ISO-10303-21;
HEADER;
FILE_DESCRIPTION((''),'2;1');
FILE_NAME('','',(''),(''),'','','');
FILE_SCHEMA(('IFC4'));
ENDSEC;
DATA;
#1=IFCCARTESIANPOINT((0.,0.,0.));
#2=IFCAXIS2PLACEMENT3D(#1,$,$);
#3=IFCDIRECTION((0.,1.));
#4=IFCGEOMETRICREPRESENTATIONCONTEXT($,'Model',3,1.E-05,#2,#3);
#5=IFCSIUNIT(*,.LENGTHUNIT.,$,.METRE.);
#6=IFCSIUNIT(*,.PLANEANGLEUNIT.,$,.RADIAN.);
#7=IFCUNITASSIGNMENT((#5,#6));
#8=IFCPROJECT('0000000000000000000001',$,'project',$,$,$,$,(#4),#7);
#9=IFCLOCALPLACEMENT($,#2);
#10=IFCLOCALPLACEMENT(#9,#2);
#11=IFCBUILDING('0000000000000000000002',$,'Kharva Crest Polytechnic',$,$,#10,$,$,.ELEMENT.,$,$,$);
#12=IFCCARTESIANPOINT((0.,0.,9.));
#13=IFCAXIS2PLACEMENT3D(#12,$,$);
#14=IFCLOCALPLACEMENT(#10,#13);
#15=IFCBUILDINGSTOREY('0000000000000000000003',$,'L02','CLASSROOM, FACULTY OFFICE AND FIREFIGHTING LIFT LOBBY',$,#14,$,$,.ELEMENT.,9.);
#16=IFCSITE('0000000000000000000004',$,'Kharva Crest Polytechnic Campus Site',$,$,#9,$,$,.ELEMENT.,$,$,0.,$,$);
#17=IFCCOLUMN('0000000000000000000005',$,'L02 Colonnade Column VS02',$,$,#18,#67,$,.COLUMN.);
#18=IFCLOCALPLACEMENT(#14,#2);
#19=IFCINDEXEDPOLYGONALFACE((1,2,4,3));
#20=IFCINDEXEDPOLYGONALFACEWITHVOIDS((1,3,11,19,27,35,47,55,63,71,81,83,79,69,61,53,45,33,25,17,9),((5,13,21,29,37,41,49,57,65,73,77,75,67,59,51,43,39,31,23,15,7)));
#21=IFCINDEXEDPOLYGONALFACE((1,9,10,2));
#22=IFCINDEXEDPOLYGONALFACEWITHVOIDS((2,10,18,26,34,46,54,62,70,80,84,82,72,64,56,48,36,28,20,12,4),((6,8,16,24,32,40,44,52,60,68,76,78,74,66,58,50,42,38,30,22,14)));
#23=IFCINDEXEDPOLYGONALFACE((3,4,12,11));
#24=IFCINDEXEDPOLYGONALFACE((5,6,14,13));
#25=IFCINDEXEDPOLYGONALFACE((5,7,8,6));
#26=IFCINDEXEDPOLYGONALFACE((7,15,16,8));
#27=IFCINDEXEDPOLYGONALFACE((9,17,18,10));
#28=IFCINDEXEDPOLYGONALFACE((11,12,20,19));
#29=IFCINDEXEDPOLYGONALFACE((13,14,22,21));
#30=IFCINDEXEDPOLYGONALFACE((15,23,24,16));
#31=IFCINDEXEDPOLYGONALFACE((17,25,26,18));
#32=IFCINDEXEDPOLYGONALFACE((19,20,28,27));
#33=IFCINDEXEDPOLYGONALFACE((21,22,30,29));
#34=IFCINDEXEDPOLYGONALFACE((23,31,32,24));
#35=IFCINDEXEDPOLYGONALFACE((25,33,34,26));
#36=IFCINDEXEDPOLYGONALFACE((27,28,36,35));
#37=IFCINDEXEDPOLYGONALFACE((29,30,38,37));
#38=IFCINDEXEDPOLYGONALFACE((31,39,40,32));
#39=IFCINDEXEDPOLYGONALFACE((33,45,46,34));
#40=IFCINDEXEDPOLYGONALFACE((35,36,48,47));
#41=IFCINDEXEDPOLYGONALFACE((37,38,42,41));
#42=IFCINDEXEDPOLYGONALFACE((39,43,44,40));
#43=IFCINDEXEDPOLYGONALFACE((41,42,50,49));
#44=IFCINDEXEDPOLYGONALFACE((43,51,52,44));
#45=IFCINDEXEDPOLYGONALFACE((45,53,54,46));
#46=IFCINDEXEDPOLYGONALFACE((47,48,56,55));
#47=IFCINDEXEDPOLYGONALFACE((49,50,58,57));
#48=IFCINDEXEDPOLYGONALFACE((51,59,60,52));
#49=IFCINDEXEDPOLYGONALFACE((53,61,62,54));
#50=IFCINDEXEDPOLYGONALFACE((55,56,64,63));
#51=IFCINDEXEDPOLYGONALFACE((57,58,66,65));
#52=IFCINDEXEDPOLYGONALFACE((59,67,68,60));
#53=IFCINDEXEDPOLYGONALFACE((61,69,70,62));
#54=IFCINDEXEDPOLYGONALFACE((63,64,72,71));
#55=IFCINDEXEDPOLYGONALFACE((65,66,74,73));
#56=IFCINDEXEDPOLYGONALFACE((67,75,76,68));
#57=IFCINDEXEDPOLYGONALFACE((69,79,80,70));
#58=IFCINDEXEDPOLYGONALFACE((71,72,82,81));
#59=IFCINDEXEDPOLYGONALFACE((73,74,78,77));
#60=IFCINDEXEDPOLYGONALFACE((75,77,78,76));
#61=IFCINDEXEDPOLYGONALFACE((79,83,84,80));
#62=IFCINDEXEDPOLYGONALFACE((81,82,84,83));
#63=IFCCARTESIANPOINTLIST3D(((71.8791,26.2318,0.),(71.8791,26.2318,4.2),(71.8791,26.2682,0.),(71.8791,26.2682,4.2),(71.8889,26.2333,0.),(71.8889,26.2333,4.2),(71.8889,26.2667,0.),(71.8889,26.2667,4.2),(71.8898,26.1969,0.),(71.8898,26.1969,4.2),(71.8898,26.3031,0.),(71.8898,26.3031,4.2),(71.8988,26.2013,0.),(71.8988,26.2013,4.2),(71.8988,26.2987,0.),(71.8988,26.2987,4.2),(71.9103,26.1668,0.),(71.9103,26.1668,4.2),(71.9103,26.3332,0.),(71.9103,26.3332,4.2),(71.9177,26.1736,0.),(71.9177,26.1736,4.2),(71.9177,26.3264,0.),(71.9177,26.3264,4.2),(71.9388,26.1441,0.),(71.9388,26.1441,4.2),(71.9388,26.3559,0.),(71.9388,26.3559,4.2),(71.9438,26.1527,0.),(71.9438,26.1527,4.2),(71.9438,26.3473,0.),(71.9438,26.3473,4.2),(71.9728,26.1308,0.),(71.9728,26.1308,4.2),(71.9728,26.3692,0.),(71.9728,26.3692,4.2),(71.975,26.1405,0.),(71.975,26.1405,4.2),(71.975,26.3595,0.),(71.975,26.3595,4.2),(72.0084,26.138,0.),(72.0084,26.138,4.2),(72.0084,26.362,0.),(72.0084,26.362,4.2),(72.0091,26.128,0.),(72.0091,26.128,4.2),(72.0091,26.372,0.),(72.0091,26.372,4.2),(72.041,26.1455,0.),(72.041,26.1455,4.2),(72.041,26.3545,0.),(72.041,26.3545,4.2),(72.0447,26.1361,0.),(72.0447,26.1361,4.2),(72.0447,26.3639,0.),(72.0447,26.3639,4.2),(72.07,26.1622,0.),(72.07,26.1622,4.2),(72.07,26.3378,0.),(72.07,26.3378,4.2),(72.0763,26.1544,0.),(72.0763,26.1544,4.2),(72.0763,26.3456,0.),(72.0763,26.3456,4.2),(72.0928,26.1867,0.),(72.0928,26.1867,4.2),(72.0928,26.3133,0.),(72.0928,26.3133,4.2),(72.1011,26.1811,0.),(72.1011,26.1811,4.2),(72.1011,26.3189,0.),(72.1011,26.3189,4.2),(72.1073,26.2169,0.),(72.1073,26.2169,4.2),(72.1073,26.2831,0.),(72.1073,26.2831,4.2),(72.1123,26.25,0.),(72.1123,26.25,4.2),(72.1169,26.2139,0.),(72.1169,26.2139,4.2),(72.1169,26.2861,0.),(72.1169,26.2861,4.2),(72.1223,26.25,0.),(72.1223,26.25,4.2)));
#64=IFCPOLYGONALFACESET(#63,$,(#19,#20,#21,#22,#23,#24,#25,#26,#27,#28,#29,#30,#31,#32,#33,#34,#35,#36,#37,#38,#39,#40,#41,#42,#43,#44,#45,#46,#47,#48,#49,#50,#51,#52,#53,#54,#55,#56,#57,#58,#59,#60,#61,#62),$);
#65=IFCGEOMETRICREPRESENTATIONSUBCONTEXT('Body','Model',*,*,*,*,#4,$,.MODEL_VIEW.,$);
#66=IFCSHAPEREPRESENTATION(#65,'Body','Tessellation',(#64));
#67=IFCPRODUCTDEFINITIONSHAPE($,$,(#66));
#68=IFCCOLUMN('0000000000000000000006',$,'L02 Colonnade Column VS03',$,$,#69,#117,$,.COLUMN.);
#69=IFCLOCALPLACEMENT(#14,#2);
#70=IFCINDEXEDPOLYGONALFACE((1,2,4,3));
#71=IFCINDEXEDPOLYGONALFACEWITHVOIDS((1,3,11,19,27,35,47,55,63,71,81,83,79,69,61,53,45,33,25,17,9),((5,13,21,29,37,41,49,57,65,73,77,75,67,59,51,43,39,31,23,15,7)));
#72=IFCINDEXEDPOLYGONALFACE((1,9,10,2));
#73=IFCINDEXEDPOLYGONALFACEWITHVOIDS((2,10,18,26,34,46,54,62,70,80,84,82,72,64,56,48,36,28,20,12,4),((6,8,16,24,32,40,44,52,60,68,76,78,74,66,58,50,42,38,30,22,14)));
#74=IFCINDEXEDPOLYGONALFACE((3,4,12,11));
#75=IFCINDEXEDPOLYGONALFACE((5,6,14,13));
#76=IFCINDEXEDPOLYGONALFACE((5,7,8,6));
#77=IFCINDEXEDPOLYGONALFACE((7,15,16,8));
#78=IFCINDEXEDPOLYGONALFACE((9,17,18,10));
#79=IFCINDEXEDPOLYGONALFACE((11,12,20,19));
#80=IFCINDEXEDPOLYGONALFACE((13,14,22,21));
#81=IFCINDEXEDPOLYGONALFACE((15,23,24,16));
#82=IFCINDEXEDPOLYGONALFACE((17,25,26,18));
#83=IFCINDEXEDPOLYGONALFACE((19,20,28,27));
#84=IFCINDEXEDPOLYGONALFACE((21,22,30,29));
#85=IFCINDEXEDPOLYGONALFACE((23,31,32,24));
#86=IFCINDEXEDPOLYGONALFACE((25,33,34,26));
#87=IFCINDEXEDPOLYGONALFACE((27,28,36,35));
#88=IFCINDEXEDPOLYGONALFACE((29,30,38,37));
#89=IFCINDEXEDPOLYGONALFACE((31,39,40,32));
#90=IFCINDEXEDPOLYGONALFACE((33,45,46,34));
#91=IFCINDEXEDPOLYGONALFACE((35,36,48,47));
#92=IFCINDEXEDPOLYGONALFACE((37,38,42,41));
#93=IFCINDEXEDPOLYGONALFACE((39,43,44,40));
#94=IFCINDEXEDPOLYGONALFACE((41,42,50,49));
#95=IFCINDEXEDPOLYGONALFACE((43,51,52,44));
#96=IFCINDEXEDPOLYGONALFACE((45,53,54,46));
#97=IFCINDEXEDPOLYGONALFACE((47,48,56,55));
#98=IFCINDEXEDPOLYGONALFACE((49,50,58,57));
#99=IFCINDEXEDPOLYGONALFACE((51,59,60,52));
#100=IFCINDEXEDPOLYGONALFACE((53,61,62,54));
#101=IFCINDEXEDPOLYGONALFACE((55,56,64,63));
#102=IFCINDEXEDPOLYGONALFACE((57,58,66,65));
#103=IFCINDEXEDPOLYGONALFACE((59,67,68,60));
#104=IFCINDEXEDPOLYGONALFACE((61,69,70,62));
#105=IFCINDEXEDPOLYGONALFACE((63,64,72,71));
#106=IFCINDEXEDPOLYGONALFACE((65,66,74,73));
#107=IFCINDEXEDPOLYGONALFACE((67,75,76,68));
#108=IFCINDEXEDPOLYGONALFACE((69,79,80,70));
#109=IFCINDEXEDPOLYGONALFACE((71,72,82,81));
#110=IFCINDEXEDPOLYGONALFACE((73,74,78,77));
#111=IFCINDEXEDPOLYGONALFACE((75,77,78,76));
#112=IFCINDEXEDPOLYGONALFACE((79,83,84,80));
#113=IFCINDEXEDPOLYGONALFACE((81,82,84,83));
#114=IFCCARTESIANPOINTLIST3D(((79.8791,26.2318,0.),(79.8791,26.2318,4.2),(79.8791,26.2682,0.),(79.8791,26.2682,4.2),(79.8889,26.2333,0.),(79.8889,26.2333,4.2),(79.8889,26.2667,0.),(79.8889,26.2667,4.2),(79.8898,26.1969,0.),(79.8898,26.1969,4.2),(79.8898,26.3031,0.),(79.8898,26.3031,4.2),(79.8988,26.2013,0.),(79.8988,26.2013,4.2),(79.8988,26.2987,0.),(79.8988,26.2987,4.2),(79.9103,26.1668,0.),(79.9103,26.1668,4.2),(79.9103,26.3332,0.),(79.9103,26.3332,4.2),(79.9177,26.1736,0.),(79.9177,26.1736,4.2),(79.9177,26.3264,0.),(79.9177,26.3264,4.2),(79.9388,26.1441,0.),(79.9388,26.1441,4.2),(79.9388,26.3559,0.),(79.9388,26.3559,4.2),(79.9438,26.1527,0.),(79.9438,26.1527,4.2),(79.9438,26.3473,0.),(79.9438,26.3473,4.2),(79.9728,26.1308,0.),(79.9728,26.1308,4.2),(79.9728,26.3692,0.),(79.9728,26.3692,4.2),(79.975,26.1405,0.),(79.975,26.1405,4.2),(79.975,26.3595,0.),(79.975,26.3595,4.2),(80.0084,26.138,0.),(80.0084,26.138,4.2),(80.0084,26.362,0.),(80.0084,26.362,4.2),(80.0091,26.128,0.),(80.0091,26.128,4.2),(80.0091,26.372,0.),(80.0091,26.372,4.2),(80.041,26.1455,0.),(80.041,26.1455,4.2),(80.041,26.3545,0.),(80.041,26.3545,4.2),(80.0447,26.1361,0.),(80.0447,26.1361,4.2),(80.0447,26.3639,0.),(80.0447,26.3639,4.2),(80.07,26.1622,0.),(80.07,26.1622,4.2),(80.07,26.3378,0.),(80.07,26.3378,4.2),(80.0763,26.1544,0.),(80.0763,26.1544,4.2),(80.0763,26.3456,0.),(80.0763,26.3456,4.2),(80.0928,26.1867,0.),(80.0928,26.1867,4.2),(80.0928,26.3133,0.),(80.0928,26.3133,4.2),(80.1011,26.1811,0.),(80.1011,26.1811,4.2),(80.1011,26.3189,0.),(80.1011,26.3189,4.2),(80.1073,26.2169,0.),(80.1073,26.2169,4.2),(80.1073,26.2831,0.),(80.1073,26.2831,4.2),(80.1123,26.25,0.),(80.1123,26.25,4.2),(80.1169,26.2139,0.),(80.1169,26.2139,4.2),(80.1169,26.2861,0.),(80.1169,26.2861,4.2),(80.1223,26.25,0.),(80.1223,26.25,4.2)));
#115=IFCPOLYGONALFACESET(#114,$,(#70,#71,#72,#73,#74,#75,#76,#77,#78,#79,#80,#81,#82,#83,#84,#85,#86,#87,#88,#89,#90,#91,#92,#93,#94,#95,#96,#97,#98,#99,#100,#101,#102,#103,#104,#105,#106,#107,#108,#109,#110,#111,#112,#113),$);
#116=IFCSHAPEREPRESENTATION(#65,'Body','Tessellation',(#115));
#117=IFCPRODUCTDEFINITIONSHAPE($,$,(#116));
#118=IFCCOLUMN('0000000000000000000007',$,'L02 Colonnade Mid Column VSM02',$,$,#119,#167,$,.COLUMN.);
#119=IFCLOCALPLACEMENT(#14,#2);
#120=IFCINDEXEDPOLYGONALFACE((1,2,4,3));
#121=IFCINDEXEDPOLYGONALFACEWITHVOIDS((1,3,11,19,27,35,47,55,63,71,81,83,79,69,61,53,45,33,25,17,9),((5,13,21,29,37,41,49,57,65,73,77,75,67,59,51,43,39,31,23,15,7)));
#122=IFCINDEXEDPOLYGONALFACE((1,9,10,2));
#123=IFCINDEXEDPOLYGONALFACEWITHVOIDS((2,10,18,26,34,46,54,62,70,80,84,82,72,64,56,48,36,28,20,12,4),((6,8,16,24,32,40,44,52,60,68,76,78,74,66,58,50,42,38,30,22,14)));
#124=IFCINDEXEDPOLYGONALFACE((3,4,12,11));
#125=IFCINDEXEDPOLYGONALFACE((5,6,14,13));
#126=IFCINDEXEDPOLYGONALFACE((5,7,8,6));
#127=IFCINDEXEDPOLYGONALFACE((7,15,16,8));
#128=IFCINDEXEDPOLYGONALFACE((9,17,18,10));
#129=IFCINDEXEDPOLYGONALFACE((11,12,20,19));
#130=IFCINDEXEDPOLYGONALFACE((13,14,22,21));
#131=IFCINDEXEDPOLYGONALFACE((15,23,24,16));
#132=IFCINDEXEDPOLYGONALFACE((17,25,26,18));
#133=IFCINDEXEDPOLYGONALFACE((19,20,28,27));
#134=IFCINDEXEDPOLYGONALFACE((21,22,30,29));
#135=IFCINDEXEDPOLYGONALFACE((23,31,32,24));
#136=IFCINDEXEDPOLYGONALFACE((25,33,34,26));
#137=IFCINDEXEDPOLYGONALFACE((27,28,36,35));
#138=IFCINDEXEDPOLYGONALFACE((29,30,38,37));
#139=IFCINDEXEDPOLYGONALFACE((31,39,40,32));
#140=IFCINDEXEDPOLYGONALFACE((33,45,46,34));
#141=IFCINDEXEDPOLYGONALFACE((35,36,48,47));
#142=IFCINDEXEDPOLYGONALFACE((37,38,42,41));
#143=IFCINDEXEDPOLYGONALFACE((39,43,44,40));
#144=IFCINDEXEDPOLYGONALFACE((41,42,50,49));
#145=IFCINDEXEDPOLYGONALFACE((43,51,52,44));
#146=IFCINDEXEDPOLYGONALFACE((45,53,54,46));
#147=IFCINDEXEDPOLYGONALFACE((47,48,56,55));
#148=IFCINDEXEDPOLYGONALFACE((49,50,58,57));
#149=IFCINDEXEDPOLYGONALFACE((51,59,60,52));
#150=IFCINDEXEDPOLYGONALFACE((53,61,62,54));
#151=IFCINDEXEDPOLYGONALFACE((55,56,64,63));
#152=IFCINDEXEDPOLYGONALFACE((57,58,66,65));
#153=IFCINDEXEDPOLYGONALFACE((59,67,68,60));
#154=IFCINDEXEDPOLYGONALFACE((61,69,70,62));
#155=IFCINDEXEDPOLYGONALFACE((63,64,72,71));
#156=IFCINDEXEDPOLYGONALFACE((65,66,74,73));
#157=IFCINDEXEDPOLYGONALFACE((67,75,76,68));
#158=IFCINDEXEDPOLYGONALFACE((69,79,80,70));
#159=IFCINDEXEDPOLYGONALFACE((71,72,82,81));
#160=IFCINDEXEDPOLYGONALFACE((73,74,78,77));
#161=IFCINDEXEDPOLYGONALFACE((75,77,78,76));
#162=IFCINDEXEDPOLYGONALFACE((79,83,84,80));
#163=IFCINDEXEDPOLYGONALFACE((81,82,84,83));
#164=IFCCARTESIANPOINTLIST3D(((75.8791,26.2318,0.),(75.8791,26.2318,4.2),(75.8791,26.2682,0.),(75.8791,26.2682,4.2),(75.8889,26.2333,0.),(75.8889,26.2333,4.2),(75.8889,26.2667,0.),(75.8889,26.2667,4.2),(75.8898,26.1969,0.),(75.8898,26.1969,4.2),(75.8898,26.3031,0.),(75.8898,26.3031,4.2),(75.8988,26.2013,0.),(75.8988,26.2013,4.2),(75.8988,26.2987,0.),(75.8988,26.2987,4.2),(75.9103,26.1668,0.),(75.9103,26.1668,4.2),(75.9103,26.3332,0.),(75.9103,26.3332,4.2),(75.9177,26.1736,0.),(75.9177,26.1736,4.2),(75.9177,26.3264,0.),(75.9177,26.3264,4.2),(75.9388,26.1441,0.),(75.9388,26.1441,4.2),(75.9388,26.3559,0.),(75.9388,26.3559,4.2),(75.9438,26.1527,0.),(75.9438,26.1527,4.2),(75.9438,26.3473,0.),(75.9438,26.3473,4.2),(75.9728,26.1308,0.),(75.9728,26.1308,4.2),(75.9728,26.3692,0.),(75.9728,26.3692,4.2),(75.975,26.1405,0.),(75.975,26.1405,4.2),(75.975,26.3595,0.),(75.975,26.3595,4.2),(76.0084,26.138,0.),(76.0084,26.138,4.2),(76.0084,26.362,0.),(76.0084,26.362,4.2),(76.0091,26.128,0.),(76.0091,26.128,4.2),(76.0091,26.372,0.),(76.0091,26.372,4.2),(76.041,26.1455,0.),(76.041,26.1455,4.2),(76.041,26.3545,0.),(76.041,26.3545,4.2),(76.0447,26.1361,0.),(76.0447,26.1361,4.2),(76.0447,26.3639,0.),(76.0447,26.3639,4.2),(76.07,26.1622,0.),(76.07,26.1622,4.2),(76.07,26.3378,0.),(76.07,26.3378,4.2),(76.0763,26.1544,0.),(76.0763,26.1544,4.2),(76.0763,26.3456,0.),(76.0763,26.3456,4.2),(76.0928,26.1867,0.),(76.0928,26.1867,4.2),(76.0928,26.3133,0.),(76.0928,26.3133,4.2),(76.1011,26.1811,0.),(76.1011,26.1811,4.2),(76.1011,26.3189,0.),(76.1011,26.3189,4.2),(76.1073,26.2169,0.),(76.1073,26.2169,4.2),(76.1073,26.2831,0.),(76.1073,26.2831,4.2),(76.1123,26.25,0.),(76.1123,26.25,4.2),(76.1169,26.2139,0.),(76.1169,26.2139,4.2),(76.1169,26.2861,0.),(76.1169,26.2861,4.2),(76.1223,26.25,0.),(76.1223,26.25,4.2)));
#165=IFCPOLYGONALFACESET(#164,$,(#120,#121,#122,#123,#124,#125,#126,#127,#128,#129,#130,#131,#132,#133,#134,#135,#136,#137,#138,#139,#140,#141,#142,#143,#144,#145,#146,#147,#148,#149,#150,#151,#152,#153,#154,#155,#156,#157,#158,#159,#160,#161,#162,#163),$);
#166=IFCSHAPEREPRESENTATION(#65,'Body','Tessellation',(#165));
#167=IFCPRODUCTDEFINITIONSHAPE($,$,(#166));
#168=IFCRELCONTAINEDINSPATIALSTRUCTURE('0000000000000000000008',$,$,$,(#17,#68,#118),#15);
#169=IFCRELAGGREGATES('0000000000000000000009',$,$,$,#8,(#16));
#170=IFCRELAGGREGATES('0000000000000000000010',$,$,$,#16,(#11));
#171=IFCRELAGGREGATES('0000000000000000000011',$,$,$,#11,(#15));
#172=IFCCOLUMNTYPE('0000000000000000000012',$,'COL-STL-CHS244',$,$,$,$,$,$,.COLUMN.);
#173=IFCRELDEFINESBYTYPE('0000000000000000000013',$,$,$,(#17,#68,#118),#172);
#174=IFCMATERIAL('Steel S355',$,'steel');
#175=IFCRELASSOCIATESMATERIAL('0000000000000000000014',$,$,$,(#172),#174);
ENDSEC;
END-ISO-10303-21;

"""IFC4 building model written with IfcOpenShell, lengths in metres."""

from ifc_helpers import new_model, si_unit, direction, frame, origin, origin_2d, place, context, subcontext, project, spatial, hollow_circle, extrude, material, material_profile, profile_set, type_object, element, save


model = new_model("IFC4")

# Units and contexts
model_context = context("Model", 3, precision=1e-05, world=origin(), true_north=direction((0.0, 1.0)))
body_context = subcontext(model_context, "Body", "Model", "MODEL_VIEW")
ifc_project = project(units=[si_unit("LENGTHUNIT", "METRE"), si_unit("PLANEANGLEUNIT", "RADIAN")], contexts=[model_context])

# Site, building, storey
site_placement = place(None, origin())
site = spatial("IfcSite", under=ifc_project, at=site_placement, Name="Kharva Crest Polytechnic Campus Site", CompositionType="ELEMENT", RefElevation=0.0)
building_placement = place(site_placement, origin())
building = spatial("IfcBuilding", under=site, at=building_placement, Name="Kharva Crest Polytechnic", CompositionType="ELEMENT")
storey_placement = place(building_placement, frame((0.0, 0.0, 9.0)))
storey = spatial("IfcBuildingStorey", under=building, at=storey_placement, Name="L02", Description="CLASSROOM, FACULTY OFFICE AND FIREFIGHTING LIFT LOBBY", CompositionType="ELEMENT", Elevation=9.0)

# Columns
ifc_material_1 = material(Name="Steel S355", Category="steel")
ifc_material_profile_1 = material_profile(ifc_material_1, hollow_circle(Radius=0.1223, WallThickness=0.01, at=origin_2d()), Name="CHS 244.5X10.0")
ifc_profile_set_1 = profile_set([ifc_material_profile_1], Name="Steel S355")
column_type = type_object("IfcColumnType", Name="COL-STL-CHS244", PredefinedType="COLUMN", material=ifc_profile_set_1)
for number, where, z_axis, x_axis, name in (
    (1, (72.0, 26.25, 0.0), (0.0, 0.0, 1.0), (1.0, 0.0, 0.0), "L02 Colonnade Column VS02"),
    (2, (80.0, 26.25, 0.0), (0.0, 0.0, 1.0), (1.0, 0.0, 0.0), "L02 Colonnade Column VS03"),
    (3, (76.0, 26.25, 0.0), (0.0, 0.0, 1.0), (1.0, 0.0, 0.0), "L02 Colonnade Mid Column VSM02"),
):
    element("IfcColumn", number, at=place(storey_placement, frame(where, z_axis=z_axis, x_axis=x_axis)), inside=storey, type_object=column_type, Name=name, PredefinedType="COLUMN", context=body_context, shape_type="SweptSolid", body=[
        extrude(hollow_circle(Radius=0.1223, WallThickness=0.01, at=origin_2d()), origin(), (0.0, 0.0, 1.0), 4.2),
    ])

save(model, "model.ifc")
